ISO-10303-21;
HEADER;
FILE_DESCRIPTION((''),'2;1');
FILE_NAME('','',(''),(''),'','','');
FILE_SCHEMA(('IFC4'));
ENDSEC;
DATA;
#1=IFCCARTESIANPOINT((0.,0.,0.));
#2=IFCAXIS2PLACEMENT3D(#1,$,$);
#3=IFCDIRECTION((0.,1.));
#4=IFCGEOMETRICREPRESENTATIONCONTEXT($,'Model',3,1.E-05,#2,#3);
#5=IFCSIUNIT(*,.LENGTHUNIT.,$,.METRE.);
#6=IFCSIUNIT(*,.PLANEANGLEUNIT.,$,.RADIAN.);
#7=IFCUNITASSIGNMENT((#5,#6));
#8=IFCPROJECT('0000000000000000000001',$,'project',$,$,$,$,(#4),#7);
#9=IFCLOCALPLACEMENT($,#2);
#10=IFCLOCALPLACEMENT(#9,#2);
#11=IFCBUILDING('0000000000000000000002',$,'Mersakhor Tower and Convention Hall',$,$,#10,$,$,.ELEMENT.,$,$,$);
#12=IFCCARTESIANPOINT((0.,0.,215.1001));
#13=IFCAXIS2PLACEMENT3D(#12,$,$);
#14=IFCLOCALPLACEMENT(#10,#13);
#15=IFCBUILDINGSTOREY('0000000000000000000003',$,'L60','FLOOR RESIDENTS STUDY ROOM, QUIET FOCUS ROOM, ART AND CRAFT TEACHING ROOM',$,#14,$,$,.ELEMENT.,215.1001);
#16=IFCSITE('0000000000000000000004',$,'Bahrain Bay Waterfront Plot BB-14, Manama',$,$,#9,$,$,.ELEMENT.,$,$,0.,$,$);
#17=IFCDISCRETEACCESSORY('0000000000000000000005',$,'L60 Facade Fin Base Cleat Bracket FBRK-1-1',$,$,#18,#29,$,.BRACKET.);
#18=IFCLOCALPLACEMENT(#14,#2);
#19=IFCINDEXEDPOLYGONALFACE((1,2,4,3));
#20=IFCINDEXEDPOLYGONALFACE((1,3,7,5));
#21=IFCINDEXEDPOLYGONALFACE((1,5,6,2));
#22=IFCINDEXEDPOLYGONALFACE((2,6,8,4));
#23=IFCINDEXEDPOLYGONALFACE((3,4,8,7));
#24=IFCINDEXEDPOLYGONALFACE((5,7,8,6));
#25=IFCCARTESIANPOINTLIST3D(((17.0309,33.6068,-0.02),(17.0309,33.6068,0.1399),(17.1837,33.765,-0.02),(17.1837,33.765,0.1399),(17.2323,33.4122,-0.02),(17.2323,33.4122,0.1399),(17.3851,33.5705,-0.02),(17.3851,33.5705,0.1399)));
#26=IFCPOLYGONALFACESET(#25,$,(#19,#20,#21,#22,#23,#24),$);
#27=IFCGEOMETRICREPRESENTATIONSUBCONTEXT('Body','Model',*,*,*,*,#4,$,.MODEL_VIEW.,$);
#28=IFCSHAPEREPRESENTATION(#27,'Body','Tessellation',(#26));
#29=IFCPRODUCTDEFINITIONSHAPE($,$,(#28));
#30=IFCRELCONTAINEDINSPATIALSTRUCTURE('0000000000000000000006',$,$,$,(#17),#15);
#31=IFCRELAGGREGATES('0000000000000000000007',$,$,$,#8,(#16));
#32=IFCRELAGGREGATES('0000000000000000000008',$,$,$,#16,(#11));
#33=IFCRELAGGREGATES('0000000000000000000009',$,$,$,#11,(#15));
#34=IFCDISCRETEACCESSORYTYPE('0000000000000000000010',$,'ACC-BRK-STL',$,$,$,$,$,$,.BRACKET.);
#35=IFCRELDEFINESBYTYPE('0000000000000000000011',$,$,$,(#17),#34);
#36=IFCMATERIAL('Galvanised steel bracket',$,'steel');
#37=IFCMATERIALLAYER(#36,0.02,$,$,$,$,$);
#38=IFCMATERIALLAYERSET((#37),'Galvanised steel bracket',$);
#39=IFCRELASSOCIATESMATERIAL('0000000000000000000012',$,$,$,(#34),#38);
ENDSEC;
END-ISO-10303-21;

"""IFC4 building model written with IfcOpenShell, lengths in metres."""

from ifc_helpers import new_model, si_unit, direction, frame, origin, origin_2d, place, context, subcontext, project, spatial, rectangle, extrude, material, layer, layer_set, type_object, element, save


model = new_model("IFC4")

# Units and contexts
model_context = context("Model", 3, precision=1e-05, world=origin(), true_north=direction((0.0, 1.0)))
body_context = subcontext(model_context, "Body", "Model", "MODEL_VIEW")
ifc_project = project(units=[si_unit("LENGTHUNIT", "METRE"), si_unit("PLANEANGLEUNIT", "RADIAN")], contexts=[model_context])

# Site, building, storey
site_placement = place(None, origin())
site = spatial("IfcSite", under=ifc_project, at=site_placement, Name="Bahrain Bay Waterfront Plot BB-14, Manama", CompositionType="ELEMENT", RefElevation=0.0)
building_placement = place(site_placement, origin())
building = spatial("IfcBuilding", under=site, at=building_placement, Name="Mersakhor Tower and Convention Hall", CompositionType="ELEMENT")
storey_placement = place(building_placement, frame((0.0, 0.0, 215.1001)))
storey = spatial("IfcBuildingStorey", under=building, at=storey_placement, Name="L60", Description="FLOOR RESIDENTS STUDY ROOM, QUIET FOCUS ROOM, ART AND CRAFT TEACHING ROOM", CompositionType="ELEMENT", Elevation=215.1001)

# Discrete accessory
ifc_material_1 = material(Name="Galvanised steel bracket", Category="steel")
ifc_layer_1 = layer(ifc_material_1, 0.02)
ifc_layer_set_1 = layer_set([ifc_layer_1], Name="Galvanised steel bracket")
discrete_accessory_type = type_object("IfcDiscreteAccessoryType", Name="ACC-BRK-STL", PredefinedType="BRACKET", material=ifc_layer_set_1)
discrete_accessory_1_placement = place(storey_placement, frame((17.208, 33.5886, -0.02), z_axis=(0.0, 0.0, 1.0), x_axis=(-0.71934, 0.694658, 0.0)))
element("IfcDiscreteAccessory", 1, at=discrete_accessory_1_placement, inside=storey, type_object=discrete_accessory_type, Name="L60 Facade Fin Base Cleat Bracket FBRK-1-1", PredefinedType="BRACKET", context=body_context, shape_type="SweptSolid", body=[
    extrude(rectangle(XDim=0.28, YDim=0.22, at=origin_2d()), origin(), (0.0, 0.0, 1.0), 0.1599),
])

save(model, "model.ifc")
